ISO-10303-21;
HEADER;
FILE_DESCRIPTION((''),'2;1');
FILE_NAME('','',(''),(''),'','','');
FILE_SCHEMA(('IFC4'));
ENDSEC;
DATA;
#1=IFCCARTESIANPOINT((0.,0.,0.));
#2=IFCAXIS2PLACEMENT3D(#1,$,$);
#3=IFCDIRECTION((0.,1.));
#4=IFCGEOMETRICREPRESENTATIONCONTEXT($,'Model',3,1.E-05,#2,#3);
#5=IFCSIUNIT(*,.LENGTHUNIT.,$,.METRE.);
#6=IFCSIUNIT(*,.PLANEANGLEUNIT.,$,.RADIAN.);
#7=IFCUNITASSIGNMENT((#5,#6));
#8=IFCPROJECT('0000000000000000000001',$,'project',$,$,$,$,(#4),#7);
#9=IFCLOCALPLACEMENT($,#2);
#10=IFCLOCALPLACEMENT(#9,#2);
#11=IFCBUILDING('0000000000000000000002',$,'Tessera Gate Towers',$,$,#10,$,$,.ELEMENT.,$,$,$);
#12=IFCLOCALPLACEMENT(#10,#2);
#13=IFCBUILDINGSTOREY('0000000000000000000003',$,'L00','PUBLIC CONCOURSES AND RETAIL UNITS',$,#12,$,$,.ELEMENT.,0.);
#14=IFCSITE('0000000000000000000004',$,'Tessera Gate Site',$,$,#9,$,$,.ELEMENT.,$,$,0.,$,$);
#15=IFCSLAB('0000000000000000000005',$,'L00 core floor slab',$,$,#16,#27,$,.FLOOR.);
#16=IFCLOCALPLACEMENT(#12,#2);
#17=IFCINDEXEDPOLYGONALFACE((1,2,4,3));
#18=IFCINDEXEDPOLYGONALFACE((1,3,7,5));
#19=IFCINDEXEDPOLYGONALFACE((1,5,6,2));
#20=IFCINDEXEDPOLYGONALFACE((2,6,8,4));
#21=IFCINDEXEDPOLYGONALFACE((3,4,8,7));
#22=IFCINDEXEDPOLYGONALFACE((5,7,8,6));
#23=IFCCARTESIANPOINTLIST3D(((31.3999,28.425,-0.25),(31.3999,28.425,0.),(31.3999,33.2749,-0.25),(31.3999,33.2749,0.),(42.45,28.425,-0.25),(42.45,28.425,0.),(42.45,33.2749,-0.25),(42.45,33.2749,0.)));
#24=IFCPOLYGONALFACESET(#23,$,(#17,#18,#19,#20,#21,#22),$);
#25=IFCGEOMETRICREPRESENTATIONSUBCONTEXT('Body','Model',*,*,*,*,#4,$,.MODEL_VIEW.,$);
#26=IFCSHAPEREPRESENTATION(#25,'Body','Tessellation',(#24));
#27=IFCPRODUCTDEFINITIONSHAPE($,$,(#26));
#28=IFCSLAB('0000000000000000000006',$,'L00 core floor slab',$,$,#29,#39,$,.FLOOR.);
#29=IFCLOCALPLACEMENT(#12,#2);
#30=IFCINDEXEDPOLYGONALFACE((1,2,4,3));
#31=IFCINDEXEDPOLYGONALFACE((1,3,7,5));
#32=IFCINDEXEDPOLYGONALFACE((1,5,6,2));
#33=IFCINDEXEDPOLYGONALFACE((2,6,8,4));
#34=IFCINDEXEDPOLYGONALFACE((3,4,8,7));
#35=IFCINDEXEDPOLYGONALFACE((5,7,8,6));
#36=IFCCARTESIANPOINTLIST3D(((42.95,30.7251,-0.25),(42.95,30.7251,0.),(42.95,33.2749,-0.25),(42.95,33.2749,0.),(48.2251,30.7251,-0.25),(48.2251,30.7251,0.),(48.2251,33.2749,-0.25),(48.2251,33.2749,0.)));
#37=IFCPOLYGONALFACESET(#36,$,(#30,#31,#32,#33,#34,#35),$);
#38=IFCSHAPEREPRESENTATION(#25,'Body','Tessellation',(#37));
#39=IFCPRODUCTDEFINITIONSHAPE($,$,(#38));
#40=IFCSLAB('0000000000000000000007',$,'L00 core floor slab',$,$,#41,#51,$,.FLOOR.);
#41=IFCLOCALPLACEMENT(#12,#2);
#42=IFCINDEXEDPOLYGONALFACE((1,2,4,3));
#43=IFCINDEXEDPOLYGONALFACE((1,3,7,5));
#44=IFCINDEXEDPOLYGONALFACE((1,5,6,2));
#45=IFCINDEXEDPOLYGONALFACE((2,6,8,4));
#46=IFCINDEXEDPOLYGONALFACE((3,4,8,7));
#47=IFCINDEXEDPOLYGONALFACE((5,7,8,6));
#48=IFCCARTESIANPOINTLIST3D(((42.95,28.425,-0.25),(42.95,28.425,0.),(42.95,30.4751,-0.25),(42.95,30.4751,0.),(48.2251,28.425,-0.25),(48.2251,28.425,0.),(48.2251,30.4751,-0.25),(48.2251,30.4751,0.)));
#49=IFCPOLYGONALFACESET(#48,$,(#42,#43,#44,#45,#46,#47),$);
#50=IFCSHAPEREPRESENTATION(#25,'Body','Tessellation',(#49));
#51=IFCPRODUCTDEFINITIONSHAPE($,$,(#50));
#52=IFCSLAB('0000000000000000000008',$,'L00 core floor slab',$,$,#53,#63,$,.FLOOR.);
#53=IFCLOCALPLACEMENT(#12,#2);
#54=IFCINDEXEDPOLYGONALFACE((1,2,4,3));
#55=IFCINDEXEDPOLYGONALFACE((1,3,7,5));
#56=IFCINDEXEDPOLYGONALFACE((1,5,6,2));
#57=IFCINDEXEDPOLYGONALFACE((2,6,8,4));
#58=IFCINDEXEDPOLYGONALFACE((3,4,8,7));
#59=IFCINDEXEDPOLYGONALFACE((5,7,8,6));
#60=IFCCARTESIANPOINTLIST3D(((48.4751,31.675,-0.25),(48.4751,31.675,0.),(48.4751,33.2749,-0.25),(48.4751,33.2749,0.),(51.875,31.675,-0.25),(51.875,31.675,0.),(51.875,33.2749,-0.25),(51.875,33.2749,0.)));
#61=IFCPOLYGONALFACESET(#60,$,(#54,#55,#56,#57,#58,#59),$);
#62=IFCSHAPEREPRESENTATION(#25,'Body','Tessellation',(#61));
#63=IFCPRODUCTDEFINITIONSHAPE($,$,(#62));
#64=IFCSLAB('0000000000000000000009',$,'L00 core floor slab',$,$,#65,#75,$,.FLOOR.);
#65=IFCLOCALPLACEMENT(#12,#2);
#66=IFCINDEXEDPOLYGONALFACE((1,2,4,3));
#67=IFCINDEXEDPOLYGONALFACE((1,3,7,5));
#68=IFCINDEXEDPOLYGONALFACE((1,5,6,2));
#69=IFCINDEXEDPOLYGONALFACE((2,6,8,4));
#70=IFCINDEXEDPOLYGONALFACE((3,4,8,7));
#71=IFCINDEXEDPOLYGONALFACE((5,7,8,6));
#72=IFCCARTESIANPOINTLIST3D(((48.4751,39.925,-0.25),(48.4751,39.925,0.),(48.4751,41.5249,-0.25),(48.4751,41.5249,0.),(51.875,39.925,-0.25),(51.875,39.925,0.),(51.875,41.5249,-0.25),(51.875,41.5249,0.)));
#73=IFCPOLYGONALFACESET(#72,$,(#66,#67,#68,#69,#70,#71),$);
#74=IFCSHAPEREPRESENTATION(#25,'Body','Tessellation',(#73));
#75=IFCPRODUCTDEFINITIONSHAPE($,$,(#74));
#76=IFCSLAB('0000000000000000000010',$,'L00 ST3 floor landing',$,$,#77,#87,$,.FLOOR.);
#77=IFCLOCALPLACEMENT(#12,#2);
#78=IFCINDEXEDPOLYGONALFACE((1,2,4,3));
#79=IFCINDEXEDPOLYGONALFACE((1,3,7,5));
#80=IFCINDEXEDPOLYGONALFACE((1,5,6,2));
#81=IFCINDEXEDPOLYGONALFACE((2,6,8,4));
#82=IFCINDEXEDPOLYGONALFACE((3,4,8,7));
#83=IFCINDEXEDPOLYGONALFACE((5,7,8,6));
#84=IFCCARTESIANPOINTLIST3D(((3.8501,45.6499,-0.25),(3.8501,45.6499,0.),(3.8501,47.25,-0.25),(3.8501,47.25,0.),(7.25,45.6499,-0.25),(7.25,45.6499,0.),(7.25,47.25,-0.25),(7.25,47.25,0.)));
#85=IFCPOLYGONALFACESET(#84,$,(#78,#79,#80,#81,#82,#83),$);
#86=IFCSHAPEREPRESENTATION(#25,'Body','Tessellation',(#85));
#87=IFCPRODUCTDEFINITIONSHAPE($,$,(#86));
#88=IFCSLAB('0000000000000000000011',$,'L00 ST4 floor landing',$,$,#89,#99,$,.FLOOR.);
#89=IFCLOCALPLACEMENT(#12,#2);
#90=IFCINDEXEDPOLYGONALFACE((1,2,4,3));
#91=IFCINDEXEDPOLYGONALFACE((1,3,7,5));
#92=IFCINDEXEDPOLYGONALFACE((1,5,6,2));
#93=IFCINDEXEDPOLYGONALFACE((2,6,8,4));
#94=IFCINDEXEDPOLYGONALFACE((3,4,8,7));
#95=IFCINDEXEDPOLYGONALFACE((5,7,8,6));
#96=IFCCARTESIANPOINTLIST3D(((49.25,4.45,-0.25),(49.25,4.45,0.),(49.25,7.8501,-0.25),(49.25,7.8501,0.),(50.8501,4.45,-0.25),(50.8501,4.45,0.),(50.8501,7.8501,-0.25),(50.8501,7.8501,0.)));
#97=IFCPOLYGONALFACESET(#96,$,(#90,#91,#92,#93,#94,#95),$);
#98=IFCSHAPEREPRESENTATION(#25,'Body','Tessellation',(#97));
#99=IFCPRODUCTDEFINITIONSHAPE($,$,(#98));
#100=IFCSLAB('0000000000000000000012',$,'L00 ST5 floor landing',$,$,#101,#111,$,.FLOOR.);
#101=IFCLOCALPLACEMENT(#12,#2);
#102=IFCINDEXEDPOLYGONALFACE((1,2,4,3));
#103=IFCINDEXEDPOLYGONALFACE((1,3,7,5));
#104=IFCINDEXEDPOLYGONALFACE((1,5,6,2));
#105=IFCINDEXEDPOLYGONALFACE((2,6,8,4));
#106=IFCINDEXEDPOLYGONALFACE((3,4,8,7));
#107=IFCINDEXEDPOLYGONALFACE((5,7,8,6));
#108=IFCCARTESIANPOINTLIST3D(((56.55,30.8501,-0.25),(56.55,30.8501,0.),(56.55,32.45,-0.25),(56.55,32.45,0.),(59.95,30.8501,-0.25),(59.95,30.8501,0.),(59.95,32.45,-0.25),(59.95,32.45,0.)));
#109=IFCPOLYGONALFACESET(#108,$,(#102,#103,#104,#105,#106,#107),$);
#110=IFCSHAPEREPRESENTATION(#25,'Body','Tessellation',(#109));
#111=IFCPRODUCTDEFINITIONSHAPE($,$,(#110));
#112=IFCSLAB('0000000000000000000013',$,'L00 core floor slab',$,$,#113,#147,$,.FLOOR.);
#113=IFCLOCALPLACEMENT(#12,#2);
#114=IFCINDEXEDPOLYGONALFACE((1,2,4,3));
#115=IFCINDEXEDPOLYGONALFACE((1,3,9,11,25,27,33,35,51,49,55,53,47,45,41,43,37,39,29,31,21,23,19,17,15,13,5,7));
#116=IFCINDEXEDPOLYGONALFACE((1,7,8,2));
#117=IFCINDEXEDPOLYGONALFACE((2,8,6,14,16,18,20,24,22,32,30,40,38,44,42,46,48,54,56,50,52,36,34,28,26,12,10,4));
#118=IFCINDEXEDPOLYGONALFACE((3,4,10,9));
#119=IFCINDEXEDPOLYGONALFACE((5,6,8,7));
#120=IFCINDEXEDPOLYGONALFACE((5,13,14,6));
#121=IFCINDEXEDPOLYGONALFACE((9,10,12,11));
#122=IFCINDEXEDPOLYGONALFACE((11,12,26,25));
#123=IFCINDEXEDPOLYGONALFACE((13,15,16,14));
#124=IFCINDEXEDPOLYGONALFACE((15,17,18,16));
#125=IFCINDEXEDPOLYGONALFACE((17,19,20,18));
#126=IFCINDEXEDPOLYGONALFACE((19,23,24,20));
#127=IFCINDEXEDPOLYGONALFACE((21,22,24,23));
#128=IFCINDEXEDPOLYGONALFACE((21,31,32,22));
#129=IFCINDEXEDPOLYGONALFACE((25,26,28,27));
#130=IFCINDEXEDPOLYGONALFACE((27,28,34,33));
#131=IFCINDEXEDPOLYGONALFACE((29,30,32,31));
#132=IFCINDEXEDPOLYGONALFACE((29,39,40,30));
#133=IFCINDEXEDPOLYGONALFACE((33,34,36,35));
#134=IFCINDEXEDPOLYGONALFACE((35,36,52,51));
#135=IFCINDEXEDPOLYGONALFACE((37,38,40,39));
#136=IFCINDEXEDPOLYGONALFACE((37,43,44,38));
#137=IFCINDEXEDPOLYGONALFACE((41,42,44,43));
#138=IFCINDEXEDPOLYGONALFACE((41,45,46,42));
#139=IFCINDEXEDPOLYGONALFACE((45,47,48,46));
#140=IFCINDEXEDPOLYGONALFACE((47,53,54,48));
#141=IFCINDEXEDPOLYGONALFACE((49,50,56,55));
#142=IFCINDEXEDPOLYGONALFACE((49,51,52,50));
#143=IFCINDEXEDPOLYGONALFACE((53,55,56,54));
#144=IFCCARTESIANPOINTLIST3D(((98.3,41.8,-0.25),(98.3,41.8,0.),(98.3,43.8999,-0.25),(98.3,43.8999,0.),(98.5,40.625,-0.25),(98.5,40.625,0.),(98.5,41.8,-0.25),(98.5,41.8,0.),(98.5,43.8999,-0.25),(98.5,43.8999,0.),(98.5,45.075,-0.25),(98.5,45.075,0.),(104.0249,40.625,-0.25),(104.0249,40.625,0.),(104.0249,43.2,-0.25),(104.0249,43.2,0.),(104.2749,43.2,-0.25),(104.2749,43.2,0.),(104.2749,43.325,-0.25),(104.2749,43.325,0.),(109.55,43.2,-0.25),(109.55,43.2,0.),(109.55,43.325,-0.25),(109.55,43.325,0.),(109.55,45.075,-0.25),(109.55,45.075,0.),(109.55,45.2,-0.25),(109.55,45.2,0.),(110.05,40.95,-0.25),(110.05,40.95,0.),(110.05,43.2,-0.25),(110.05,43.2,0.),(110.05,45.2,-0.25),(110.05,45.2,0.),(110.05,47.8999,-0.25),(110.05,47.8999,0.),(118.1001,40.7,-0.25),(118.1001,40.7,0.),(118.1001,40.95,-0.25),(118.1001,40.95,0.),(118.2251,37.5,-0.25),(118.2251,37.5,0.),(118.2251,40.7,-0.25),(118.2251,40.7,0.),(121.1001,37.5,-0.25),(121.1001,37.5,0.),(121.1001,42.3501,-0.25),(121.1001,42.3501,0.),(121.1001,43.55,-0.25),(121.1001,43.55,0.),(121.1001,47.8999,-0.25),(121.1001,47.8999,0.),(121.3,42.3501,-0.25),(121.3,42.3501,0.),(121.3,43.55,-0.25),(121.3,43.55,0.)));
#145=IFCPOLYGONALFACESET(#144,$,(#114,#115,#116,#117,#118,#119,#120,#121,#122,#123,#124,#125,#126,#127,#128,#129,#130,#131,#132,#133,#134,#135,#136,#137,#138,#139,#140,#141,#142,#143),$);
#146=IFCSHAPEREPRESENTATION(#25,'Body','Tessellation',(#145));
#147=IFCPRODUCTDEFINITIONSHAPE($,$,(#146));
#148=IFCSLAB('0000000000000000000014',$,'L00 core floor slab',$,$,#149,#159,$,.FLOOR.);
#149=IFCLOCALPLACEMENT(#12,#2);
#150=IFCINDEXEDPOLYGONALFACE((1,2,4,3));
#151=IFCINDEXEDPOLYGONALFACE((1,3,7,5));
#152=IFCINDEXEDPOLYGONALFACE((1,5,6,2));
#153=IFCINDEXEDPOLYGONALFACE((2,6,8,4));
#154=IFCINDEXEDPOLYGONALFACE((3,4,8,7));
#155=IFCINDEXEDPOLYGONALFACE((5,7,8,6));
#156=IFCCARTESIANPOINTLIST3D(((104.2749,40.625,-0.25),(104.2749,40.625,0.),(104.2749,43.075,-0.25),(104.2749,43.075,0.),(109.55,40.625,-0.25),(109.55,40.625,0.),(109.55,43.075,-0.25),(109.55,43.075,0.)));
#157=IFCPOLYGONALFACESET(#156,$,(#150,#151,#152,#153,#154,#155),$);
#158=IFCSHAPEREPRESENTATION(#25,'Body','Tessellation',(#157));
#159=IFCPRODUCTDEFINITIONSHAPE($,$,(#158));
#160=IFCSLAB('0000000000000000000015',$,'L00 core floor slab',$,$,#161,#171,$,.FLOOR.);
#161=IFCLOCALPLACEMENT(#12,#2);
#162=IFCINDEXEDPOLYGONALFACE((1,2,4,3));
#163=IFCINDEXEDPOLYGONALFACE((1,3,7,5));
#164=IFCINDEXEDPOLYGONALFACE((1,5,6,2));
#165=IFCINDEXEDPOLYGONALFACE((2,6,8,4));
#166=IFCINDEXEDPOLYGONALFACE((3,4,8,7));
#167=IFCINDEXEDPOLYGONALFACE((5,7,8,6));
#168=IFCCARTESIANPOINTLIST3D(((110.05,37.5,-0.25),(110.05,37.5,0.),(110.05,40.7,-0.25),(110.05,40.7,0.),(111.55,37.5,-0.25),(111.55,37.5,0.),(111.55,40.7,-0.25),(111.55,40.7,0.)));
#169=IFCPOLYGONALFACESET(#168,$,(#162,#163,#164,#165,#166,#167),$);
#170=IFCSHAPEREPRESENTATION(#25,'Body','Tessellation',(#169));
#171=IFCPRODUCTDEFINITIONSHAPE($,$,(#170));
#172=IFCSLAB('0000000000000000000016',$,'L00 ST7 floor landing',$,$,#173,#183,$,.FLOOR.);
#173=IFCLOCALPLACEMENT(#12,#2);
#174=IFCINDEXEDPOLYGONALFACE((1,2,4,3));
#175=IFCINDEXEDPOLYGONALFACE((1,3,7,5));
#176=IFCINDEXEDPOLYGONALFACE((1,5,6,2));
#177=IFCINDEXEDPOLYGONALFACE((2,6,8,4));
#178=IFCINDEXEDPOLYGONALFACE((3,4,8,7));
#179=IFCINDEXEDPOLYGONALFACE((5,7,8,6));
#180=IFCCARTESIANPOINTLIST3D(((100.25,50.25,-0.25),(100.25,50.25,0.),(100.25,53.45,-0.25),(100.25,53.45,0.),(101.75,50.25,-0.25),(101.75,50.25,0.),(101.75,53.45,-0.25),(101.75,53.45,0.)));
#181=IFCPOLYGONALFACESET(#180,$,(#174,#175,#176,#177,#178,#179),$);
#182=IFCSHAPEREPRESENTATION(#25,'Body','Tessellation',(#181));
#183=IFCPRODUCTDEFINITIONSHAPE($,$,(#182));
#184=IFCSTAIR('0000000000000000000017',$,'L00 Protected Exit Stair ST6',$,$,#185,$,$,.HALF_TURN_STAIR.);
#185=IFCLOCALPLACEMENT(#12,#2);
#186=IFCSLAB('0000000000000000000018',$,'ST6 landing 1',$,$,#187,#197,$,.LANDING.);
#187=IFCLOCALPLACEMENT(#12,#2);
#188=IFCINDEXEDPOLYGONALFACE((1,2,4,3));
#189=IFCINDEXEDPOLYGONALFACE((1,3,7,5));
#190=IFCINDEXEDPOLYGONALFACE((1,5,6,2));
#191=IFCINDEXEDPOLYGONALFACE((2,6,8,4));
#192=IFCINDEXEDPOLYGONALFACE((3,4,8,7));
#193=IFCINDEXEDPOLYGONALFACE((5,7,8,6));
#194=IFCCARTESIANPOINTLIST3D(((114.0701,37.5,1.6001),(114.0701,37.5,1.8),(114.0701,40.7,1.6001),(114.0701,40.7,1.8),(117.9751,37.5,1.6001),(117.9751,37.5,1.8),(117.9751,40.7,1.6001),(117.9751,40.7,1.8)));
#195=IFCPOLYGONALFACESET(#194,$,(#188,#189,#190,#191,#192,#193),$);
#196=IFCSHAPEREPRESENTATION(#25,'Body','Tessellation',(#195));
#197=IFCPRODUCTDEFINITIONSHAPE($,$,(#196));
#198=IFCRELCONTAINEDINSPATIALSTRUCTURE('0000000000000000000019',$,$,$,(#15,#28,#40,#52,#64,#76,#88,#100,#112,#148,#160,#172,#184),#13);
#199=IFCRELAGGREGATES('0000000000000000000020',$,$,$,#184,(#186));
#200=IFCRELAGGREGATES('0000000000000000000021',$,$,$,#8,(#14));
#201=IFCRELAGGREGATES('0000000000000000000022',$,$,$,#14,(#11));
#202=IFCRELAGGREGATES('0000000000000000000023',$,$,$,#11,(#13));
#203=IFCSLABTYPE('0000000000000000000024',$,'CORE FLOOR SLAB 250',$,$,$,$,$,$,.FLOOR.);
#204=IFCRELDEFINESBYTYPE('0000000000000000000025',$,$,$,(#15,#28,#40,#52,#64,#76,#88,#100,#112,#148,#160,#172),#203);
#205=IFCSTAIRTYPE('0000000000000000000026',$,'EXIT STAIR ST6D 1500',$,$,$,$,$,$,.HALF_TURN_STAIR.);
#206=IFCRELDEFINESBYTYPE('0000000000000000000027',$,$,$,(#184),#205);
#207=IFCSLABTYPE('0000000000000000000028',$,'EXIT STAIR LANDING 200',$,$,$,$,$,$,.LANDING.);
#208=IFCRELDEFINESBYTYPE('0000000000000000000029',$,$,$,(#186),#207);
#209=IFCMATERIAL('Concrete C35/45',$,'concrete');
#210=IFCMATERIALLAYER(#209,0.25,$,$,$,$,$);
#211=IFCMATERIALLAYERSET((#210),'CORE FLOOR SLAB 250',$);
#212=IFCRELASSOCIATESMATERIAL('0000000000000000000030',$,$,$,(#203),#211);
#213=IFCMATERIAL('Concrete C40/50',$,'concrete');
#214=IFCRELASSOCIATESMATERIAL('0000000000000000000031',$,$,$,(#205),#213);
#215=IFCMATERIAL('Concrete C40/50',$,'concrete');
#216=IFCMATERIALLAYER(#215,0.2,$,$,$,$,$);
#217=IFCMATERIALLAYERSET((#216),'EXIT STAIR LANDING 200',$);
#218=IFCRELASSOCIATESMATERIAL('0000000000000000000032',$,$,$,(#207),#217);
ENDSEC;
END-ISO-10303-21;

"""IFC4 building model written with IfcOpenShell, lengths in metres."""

from ifc_helpers import new_model, si_unit, direction, frame, origin, place, context, subcontext, project, spatial, polyline, outline, extrude, material, layer, layer_set, type_object, element, aggregate, save


model = new_model("IFC4")

# Units and contexts
model_context = context("Model", 3, precision=1e-05, world=origin(), true_north=direction((0.0, 1.0)))
body_context = subcontext(model_context, "Body", "Model", "MODEL_VIEW")
ifc_project = project(units=[si_unit("LENGTHUNIT", "METRE"), si_unit("PLANEANGLEUNIT", "RADIAN")], contexts=[model_context])

# Site, building, storey
site_placement = place(None, origin())
site = spatial("IfcSite", under=ifc_project, at=site_placement, Name="Tessera Gate Site", CompositionType="ELEMENT", RefElevation=0.0)
building_placement = place(site_placement, origin())
building = spatial("IfcBuilding", under=site, at=building_placement, Name="Tessera Gate Towers", CompositionType="ELEMENT")
storey_placement = place(building_placement, origin())
storey = spatial("IfcBuildingStorey", under=building, at=storey_placement, Name="L00", Description="PUBLIC CONCOURSES AND RETAIL UNITS", CompositionType="ELEMENT", Elevation=0.0)

# Slabs
ifc_material_1 = material(Name="Concrete C35/45", Category="concrete")
ifc_layer_1 = layer(ifc_material_1, 0.25)
ifc_layer_set_1 = layer_set([ifc_layer_1], Name="CORE FLOOR SLAB 250")
slab_type_1 = type_object("IfcSlabType", Name="CORE FLOOR SLAB 250", PredefinedType="FLOOR", material=ifc_layer_set_1)
slab_1_placement = place(storey_placement, frame((0.0, 0.0, -0.25)))
element("IfcSlab", 1, at=slab_1_placement, inside=storey, type_object=slab_type_1, Name="L00 core floor slab", PredefinedType="FLOOR", context=body_context, shape_type="SweptSolid", body=[
    extrude(outline(polyline([(42.45, 28.425), (42.45, 33.2749), (31.3999, 33.2749), (31.3999, 28.425), (42.45, 28.425)])), origin(), (0.0, 0.0, 1.0), 0.25),
])
slab_2_placement = place(storey_placement, frame((0.0, 0.0, -0.25)))
element("IfcSlab", 2, at=slab_2_placement, inside=storey, type_object=slab_type_1, Name="L00 core floor slab", PredefinedType="FLOOR", context=body_context, shape_type="SweptSolid", body=[
    extrude(outline(polyline([(42.95, 33.2749), (42.95, 30.7251), (48.2251, 30.7251), (48.2251, 33.2749), (42.95, 33.2749)])), origin(), (0.0, 0.0, 1.0), 0.25),
])
slab_3_placement = place(storey_placement, frame((0.0, 0.0, -0.25)))
element("IfcSlab", 3, at=slab_3_placement, inside=storey, type_object=slab_type_1, Name="L00 core floor slab", PredefinedType="FLOOR", context=body_context, shape_type="SweptSolid", body=[
    extrude(outline(polyline([(42.95, 30.4751), (42.95, 28.425), (48.2251, 28.425), (48.2251, 30.4751), (42.95, 30.4751)])), origin(), (0.0, 0.0, 1.0), 0.25),
])
slab_4_placement = place(storey_placement, frame((0.0, 0.0, -0.25)))
element("IfcSlab", 4, at=slab_4_placement, inside=storey, type_object=slab_type_1, Name="L00 core floor slab", PredefinedType="FLOOR", context=body_context, shape_type="SweptSolid", body=[
    extrude(outline(polyline([(51.875, 31.675), (51.875, 33.2749), (48.4751, 33.2749), (48.4751, 31.675), (51.875, 31.675)])), origin(), (0.0, 0.0, 1.0), 0.25),
])
slab_5_placement = place(storey_placement, frame((0.0, 0.0, -0.25)))
element("IfcSlab", 5, at=slab_5_placement, inside=storey, type_object=slab_type_1, Name="L00 core floor slab", PredefinedType="FLOOR", context=body_context, shape_type="SweptSolid", body=[
    extrude(outline(polyline([(48.4751, 41.5249), (48.4751, 39.925), (51.875, 39.925), (51.875, 41.5249), (48.4751, 41.5249)])), origin(), (0.0, 0.0, 1.0), 0.25),
])
slab_6_placement = place(storey_placement, frame((0.0, 0.0, -0.25)))
element("IfcSlab", 6, at=slab_6_placement, inside=storey, type_object=slab_type_1, Name="L00 ST3 floor landing", PredefinedType="FLOOR", context=body_context, shape_type="SweptSolid", body=[
    extrude(outline(polyline([(3.8501, 47.25), (3.8501, 45.6499), (7.25, 45.6499), (7.25, 47.25), (3.8501, 47.25)])), origin(), (0.0, 0.0, 1.0), 0.25),
])
slab_7_placement = place(storey_placement, frame((0.0, 0.0, -0.25)))
element("IfcSlab", 7, at=slab_7_placement, inside=storey, type_object=slab_type_1, Name="L00 ST4 floor landing", PredefinedType="FLOOR", context=body_context, shape_type="SweptSolid", body=[
    extrude(outline(polyline([(49.25, 4.45), (50.8501, 4.45), (50.8501, 7.8501), (49.25, 7.8501), (49.25, 4.45)])), origin(), (0.0, 0.0, 1.0), 0.25),
])
slab_8_placement = place(storey_placement, frame((0.0, 0.0, -0.25)))
element("IfcSlab", 8, at=slab_8_placement, inside=storey, type_object=slab_type_1, Name="L00 ST5 floor landing", PredefinedType="FLOOR", context=body_context, shape_type="SweptSolid", body=[
    extrude(outline(polyline([(59.95, 30.8501), (59.95, 32.45), (56.55, 32.45), (56.55, 30.8501), (59.95, 30.8501)])), origin(), (0.0, 0.0, 1.0), 0.25),
])
slab_9_placement = place(storey_placement, frame((0.0, 0.0, -0.25)))
element("IfcSlab", 9, at=slab_9_placement, inside=storey, type_object=slab_type_1, Name="L00 core floor slab", PredefinedType="FLOOR", context=body_context, shape_type="SweptSolid", body=[
    extrude(outline(polyline([(109.55, 45.2), (109.55, 45.075), (98.5, 45.075), (98.5, 43.8999), (98.3, 43.8999), (98.3, 41.8), (98.5, 41.8), (98.5, 40.625), (104.0249, 40.625), (104.0249, 43.2), (104.2749, 43.2), (104.2749, 43.325), (109.55, 43.325), (109.55, 43.2), (110.05, 43.2), (110.05, 40.95), (118.1001, 40.95), (118.1001, 40.7), (118.2251, 40.7), (118.2251, 37.5), (121.1001, 37.5), (121.1001, 42.3501), (121.3, 42.3501), (121.3, 43.55), (121.1001, 43.55), (121.1001, 47.8999), (110.05, 47.8999), (110.05, 45.2), (109.55, 45.2)])), origin(), (0.0, 0.0, 1.0), 0.25),
])
slab_10_placement = place(storey_placement, frame((0.0, 0.0, -0.25)))
element("IfcSlab", 10, at=slab_10_placement, inside=storey, type_object=slab_type_1, Name="L00 core floor slab", PredefinedType="FLOOR", context=body_context, shape_type="SweptSolid", body=[
    extrude(outline(polyline([(109.55, 43.075), (104.2749, 43.075), (104.2749, 40.625), (109.55, 40.625), (109.55, 43.075)])), origin(), (0.0, 0.0, 1.0), 0.25),
])
slab_11_placement = place(storey_placement, frame((0.0, 0.0, -0.25)))
element("IfcSlab", 11, at=slab_11_placement, inside=storey, type_object=slab_type_1, Name="L00 core floor slab", PredefinedType="FLOOR", context=body_context, shape_type="SweptSolid", body=[
    extrude(outline(polyline([(111.55, 37.5), (111.55, 40.7), (110.05, 40.7), (110.05, 37.5), (111.55, 37.5)])), origin(), (0.0, 0.0, 1.0), 0.25),
])
slab_12_placement = place(storey_placement, frame((0.0, 0.0, -0.25)))
element("IfcSlab", 12, at=slab_12_placement, inside=storey, type_object=slab_type_1, Name="L00 ST7 floor landing", PredefinedType="FLOOR", context=body_context, shape_type="SweptSolid", body=[
    extrude(outline(polyline([(100.25, 50.25), (101.75, 50.25), (101.75, 53.45), (100.25, 53.45), (100.25, 50.25)])), origin(), (0.0, 0.0, 1.0), 0.25),
])

# Stair, slab
ifc_material_2 = material(Name="Concrete C40/50", Category="concrete")
stair_type_1 = type_object("IfcStairType", Name="EXIT STAIR ST6D 1500", PredefinedType="HALF_TURN_STAIR", material=ifc_material_2)
stair_1_placement = place(storey_placement, origin())
stair_1 = element("IfcStair", 13, at=stair_1_placement, inside=storey, type_object=stair_type_1, Name="L00 Protected Exit Stair ST6", PredefinedType="HALF_TURN_STAIR")
ifc_material_3 = material(Name="Concrete C40/50", Category="concrete")
ifc_layer_2 = layer(ifc_material_3, 0.2)
ifc_layer_set_2 = layer_set([ifc_layer_2], Name="EXIT STAIR LANDING 200")
slab_type_2 = type_object("IfcSlabType", Name="EXIT STAIR LANDING 200", PredefinedType="LANDING", material=ifc_layer_set_2)
slab_13_placement = place(storey_placement, frame((0.0, 0.0, 1.6001)))
slab_13 = element("IfcSlab", 14, at=slab_13_placement, type_object=slab_type_2, Name="ST6 landing 1", PredefinedType="LANDING", context=body_context, shape_type="SweptSolid", body=[
    extrude(outline(polyline([(114.0701, 37.5), (117.9751, 37.5), (117.9751, 40.7), (114.0701, 40.7), (114.0701, 37.5)])), origin(), (0.0, 0.0, 1.0), 0.2),
])
aggregate(stair_1, [slab_13])

save(model, "model.ifc")
